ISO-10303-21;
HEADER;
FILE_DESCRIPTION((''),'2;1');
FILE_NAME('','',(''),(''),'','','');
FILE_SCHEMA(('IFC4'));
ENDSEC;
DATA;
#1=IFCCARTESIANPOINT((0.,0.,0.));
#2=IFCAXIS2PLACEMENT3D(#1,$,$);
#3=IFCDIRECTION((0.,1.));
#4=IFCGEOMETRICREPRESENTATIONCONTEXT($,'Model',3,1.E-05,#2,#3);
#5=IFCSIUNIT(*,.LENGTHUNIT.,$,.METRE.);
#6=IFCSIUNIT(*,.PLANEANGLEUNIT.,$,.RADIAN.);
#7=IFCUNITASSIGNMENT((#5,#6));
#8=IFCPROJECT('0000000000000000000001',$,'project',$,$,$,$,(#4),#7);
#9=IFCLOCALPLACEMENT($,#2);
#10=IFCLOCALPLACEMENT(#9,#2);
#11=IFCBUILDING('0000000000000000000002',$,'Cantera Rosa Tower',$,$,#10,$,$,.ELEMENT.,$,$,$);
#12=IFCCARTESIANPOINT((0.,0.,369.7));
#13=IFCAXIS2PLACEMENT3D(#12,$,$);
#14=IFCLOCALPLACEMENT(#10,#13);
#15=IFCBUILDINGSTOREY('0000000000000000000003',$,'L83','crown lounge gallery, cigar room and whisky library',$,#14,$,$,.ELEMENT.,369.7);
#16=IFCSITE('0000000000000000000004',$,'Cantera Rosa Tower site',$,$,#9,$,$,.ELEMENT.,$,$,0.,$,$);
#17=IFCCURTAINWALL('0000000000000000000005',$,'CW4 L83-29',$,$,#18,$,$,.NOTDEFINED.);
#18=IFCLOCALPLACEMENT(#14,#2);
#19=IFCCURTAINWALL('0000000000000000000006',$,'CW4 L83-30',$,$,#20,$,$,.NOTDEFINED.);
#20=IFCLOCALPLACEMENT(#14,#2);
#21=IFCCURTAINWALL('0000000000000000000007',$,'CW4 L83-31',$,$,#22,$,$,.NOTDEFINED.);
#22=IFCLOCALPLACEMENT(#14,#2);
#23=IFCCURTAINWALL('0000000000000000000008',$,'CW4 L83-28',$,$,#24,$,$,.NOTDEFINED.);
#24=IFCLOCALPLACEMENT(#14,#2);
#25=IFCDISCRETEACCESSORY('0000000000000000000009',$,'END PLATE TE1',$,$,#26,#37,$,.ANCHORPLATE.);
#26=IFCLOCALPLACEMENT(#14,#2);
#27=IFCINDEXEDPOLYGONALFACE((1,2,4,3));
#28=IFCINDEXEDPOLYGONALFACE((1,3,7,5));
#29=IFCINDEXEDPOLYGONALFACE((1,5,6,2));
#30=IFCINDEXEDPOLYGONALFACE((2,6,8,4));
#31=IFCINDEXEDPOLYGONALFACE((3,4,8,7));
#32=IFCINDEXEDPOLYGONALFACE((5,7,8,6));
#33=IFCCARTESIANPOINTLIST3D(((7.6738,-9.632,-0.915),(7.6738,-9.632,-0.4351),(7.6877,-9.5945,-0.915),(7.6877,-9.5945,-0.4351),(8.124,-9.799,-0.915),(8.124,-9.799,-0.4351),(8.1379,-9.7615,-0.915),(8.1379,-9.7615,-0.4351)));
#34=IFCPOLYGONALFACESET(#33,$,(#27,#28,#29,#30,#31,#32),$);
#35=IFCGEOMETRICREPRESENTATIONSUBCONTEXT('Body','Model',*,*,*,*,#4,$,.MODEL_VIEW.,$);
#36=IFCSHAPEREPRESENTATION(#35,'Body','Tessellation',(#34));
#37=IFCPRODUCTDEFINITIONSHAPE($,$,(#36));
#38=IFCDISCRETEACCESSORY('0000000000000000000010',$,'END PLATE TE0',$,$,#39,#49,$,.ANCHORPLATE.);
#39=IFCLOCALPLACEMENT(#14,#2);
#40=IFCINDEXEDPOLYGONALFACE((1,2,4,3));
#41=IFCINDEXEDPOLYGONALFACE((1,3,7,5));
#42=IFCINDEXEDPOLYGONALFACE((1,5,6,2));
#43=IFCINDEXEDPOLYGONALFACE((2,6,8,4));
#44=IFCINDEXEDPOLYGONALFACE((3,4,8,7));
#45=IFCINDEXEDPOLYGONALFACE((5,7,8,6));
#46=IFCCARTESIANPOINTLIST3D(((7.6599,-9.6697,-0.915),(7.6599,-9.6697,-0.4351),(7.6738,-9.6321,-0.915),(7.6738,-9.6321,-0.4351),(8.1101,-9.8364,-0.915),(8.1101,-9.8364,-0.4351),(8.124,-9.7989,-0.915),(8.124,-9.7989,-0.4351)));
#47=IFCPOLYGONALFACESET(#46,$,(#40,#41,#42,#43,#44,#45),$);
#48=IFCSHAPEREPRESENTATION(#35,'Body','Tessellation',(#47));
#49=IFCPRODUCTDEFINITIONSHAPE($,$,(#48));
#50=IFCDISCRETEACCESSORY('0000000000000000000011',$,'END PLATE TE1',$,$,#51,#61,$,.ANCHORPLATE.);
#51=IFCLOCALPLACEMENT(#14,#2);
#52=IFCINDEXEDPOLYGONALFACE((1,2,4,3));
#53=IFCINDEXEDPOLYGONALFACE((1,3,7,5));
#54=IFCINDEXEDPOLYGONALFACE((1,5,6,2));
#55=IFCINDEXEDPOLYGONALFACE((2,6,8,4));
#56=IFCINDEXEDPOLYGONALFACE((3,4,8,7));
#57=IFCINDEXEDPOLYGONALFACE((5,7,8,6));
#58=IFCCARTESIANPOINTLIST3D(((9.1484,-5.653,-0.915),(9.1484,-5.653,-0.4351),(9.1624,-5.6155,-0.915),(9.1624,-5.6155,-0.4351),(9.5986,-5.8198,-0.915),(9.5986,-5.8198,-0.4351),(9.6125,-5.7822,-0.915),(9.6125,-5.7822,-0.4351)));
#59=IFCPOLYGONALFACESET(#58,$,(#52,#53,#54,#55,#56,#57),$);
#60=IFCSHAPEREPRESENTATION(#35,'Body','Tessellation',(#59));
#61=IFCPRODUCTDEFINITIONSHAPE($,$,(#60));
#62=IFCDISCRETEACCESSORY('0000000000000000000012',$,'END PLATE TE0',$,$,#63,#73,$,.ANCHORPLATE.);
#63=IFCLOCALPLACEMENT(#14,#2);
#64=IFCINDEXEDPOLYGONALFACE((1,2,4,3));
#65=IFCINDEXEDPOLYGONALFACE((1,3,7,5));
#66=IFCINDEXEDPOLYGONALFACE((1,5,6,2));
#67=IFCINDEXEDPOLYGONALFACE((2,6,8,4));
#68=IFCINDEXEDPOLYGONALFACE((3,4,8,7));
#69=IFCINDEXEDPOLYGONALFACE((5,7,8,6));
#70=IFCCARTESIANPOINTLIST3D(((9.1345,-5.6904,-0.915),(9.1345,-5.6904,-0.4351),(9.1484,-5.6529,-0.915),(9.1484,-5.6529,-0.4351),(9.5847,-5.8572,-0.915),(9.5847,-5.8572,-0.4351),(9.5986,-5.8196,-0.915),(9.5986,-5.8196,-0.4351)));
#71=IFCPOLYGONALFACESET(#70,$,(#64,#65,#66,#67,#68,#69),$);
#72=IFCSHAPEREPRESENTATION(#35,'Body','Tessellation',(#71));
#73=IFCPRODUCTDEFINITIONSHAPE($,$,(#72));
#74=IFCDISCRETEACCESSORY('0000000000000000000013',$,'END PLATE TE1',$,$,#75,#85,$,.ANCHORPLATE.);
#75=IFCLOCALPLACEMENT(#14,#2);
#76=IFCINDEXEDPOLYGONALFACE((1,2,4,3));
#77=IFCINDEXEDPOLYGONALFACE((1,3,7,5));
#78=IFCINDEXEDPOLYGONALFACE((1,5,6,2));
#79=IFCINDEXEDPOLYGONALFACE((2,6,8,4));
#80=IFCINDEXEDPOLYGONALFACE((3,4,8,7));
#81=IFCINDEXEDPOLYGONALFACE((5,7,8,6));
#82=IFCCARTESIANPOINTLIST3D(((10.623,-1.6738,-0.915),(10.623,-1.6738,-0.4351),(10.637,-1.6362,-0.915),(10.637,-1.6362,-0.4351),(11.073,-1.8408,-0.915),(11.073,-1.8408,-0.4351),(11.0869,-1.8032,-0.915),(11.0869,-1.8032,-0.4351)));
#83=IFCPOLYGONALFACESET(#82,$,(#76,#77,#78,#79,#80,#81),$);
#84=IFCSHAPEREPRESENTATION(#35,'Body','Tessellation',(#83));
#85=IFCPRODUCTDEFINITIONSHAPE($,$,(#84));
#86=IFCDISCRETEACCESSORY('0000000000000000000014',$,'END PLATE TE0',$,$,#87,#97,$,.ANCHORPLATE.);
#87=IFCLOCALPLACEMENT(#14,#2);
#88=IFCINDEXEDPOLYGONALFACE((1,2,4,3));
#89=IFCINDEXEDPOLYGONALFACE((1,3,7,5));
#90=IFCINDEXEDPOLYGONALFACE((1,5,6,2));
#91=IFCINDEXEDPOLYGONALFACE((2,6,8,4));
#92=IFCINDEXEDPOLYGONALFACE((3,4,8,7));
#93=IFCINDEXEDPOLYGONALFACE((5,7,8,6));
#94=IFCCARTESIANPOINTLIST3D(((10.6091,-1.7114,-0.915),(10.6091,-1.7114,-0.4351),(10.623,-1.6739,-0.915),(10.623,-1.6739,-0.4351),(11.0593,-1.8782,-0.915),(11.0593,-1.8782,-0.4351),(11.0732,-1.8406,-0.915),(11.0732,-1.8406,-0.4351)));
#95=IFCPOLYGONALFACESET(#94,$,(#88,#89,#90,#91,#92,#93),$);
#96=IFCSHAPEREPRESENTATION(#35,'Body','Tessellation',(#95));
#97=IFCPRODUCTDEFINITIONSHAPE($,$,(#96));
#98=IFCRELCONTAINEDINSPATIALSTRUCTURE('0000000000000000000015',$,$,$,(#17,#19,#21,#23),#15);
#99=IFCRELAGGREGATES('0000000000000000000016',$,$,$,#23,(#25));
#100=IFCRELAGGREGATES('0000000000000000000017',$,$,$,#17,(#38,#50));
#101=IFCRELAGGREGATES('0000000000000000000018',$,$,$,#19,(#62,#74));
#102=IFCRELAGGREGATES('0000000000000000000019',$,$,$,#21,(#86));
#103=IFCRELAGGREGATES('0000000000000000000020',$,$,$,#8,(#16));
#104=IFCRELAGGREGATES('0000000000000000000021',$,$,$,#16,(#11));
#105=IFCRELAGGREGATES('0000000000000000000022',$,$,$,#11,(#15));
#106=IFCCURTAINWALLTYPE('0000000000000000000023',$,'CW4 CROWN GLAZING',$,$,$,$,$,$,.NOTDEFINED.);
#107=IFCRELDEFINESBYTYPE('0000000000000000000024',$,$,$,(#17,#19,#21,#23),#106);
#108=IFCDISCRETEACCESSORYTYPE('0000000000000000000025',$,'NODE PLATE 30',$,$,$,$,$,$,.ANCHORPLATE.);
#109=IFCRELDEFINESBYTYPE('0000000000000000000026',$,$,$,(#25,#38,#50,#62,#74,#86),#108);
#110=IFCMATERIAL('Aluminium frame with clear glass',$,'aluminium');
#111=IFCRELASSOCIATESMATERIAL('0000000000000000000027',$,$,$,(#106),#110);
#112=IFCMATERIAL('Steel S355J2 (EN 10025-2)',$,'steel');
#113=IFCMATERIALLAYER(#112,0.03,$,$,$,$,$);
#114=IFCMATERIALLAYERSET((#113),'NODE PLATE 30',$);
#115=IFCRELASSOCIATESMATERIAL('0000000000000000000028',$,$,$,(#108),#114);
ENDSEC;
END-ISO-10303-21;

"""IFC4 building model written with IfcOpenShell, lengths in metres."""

from ifc_helpers import new_model, si_unit, direction, frame, origin, place, context, subcontext, project, spatial, polyline, outline, extrude, material, layer, layer_set, type_object, element, aggregate, save


model = new_model("IFC4")

# Units and contexts
model_context = context("Model", 3, precision=1e-05, world=origin(), true_north=direction((0.0, 1.0)))
body_context = subcontext(model_context, "Body", "Model", "MODEL_VIEW")
ifc_project = project(units=[si_unit("LENGTHUNIT", "METRE"), si_unit("PLANEANGLEUNIT", "RADIAN")], contexts=[model_context])

# Site, building, storey
site_placement = place(None, origin())
site = spatial("IfcSite", under=ifc_project, at=site_placement, Name="Cantera Rosa Tower site", CompositionType="ELEMENT", RefElevation=0.0)
building_placement = place(site_placement, origin())
building = spatial("IfcBuilding", under=site, at=building_placement, Name="Cantera Rosa Tower", CompositionType="ELEMENT")
storey_placement = place(building_placement, frame((0.0, 0.0, 369.7)))
storey = spatial("IfcBuildingStorey", under=building, at=storey_placement, Name="L83", Description="crown lounge gallery, cigar room and whisky library", CompositionType="ELEMENT", Elevation=369.7)

# Curtain walls
ifc_material_1 = material(Name="Aluminium frame with clear glass", Category="aluminium")
curtain_wall_type = type_object("IfcCurtainWallType", Name="CW4 CROWN GLAZING", PredefinedType="NOTDEFINED", material=ifc_material_1)
curtain_wall_1_placement = place(storey_placement, origin())
curtain_wall_1 = element("IfcCurtainWall", 1, at=curtain_wall_1_placement, inside=storey, type_object=curtain_wall_type, Name="CW4 L83-29", PredefinedType="NOTDEFINED")
curtain_wall_2_placement = place(storey_placement, origin())
curtain_wall_2 = element("IfcCurtainWall", 2, at=curtain_wall_2_placement, inside=storey, type_object=curtain_wall_type, Name="CW4 L83-30", PredefinedType="NOTDEFINED")
curtain_wall_3_placement = place(storey_placement, origin())
curtain_wall_3 = element("IfcCurtainWall", 3, at=curtain_wall_3_placement, inside=storey, type_object=curtain_wall_type, Name="CW4 L83-31", PredefinedType="NOTDEFINED")

# Curtain wall, discrete accessory
curtain_wall_4_placement = place(storey_placement, origin())
curtain_wall_4 = element("IfcCurtainWall", 4, at=curtain_wall_4_placement, inside=storey, type_object=curtain_wall_type, Name="CW4 L83-28", PredefinedType="NOTDEFINED")
ifc_material_2 = material(Name="Steel S355J2 (EN 10025-2)", Category="steel")
ifc_layer_1 = layer(ifc_material_2, 0.03)
ifc_layer_set_1 = layer_set([ifc_layer_1], Name="NODE PLATE 30")
discrete_accessory_type = type_object("IfcDiscreteAccessoryType", Name="NODE PLATE 30", PredefinedType="ANCHORPLATE", material=ifc_layer_set_1)
discrete_accessory_1_placement = place(storey_placement, frame((7.6877, -9.5945, -0.4351), z_axis=(0.347778, 0.937577, 0.0), x_axis=(0.937577, -0.347778, 0.0)))
discrete_accessory_1 = element("IfcDiscreteAccessory", 5, at=discrete_accessory_1_placement, type_object=discrete_accessory_type, Name="END PLATE TE1", PredefinedType="ANCHORPLATE", context=body_context, shape_type="SweptSolid", body=[
    extrude(outline(polyline([(0.0, 0.0), (0.4802, 0.0), (0.4802, 0.48), (0.0, 0.48), (0.0, 0.0)])), origin(), (0.0, 0.0, -1.0), 0.04),
])
aggregate(curtain_wall_4, [discrete_accessory_1])

# Discrete accessories
discrete_accessory_2_placement = place(storey_placement, frame((8.1101, -9.8364, -0.4351), z_axis=(-0.347331, -0.937743, 0.0), x_axis=(-0.937743, 0.347331, 0.0)))
discrete_accessory_2 = element("IfcDiscreteAccessory", 6, at=discrete_accessory_2_placement, type_object=discrete_accessory_type, Name="END PLATE TE0", PredefinedType="ANCHORPLATE", context=body_context, shape_type="SweptSolid", body=[
    extrude(outline(polyline([(0.0, 0.0), (0.4801, 0.0), (0.4801, 0.48), (0.0, 0.48), (0.0, 0.0)])), origin(), (0.0, 0.0, -1.0), 0.04),
])
discrete_accessory_3_placement = place(storey_placement, frame((9.1624, -5.6155, -0.4351), z_axis=(0.347331, 0.937743, 0.0), x_axis=(0.937743, -0.347331, 0.0)))
discrete_accessory_3 = element("IfcDiscreteAccessory", 7, at=discrete_accessory_3_placement, type_object=discrete_accessory_type, Name="END PLATE TE1", PredefinedType="ANCHORPLATE", context=body_context, shape_type="SweptSolid", body=[
    extrude(outline(polyline([(0.0, 0.0), (0.4801, 0.0), (0.4801, 0.48), (0.0, 0.48), (0.0, 0.0)])), origin(), (0.0, 0.0, -1.0), 0.04),
])
aggregate(curtain_wall_1, [discrete_accessory_2, discrete_accessory_3])
discrete_accessory_4_placement = place(storey_placement, frame((9.5847, -5.8572, -0.4351), z_axis=(-0.347331, -0.937743, 0.0), x_axis=(-0.937743, 0.347331, 0.0)))
discrete_accessory_4 = element("IfcDiscreteAccessory", 8, at=discrete_accessory_4_placement, type_object=discrete_accessory_type, Name="END PLATE TE0", PredefinedType="ANCHORPLATE", context=body_context, shape_type="SweptSolid", body=[
    extrude(outline(polyline([(0.0, 0.0), (0.4801, 0.0), (0.4801, 0.48), (0.0, 0.48), (0.0, 0.0)])), origin(), (0.0, 0.0, -1.0), 0.04),
])
discrete_accessory_5_placement = place(storey_placement, frame((10.637, -1.6362, -0.4351), z_axis=(0.347944, 0.937515, 0.0), x_axis=(0.937515, -0.347944, 0.0)))
discrete_accessory_5 = element("IfcDiscreteAccessory", 9, at=discrete_accessory_5_placement, type_object=discrete_accessory_type, Name="END PLATE TE1", PredefinedType="ANCHORPLATE", context=body_context, shape_type="SweptSolid", body=[
    extrude(outline(polyline([(0.0, 0.0), (0.4799, 0.0), (0.4799, 0.48), (0.0, 0.48), (0.0, 0.0)])), origin(), (0.0, 0.0, -1.0), 0.04),
])
aggregate(curtain_wall_2, [discrete_accessory_4, discrete_accessory_5])
discrete_accessory_6_placement = place(storey_placement, frame((11.0593, -1.8782, -0.4351), z_axis=(-0.347331, -0.937743, 0.0), x_axis=(-0.937743, 0.347331, 0.0)))
discrete_accessory_6 = element("IfcDiscreteAccessory", 10, at=discrete_accessory_6_placement, type_object=discrete_accessory_type, Name="END PLATE TE0", PredefinedType="ANCHORPLATE", context=body_context, shape_type="SweptSolid", body=[
    extrude(outline(polyline([(0.0, 0.0), (0.4801, 0.0), (0.4801, 0.48), (0.0, 0.48), (0.0, 0.0)])), origin(), (0.0, 0.0, -1.0), 0.04),
])
aggregate(curtain_wall_3, [discrete_accessory_6])

save(model, "model.ifc")
